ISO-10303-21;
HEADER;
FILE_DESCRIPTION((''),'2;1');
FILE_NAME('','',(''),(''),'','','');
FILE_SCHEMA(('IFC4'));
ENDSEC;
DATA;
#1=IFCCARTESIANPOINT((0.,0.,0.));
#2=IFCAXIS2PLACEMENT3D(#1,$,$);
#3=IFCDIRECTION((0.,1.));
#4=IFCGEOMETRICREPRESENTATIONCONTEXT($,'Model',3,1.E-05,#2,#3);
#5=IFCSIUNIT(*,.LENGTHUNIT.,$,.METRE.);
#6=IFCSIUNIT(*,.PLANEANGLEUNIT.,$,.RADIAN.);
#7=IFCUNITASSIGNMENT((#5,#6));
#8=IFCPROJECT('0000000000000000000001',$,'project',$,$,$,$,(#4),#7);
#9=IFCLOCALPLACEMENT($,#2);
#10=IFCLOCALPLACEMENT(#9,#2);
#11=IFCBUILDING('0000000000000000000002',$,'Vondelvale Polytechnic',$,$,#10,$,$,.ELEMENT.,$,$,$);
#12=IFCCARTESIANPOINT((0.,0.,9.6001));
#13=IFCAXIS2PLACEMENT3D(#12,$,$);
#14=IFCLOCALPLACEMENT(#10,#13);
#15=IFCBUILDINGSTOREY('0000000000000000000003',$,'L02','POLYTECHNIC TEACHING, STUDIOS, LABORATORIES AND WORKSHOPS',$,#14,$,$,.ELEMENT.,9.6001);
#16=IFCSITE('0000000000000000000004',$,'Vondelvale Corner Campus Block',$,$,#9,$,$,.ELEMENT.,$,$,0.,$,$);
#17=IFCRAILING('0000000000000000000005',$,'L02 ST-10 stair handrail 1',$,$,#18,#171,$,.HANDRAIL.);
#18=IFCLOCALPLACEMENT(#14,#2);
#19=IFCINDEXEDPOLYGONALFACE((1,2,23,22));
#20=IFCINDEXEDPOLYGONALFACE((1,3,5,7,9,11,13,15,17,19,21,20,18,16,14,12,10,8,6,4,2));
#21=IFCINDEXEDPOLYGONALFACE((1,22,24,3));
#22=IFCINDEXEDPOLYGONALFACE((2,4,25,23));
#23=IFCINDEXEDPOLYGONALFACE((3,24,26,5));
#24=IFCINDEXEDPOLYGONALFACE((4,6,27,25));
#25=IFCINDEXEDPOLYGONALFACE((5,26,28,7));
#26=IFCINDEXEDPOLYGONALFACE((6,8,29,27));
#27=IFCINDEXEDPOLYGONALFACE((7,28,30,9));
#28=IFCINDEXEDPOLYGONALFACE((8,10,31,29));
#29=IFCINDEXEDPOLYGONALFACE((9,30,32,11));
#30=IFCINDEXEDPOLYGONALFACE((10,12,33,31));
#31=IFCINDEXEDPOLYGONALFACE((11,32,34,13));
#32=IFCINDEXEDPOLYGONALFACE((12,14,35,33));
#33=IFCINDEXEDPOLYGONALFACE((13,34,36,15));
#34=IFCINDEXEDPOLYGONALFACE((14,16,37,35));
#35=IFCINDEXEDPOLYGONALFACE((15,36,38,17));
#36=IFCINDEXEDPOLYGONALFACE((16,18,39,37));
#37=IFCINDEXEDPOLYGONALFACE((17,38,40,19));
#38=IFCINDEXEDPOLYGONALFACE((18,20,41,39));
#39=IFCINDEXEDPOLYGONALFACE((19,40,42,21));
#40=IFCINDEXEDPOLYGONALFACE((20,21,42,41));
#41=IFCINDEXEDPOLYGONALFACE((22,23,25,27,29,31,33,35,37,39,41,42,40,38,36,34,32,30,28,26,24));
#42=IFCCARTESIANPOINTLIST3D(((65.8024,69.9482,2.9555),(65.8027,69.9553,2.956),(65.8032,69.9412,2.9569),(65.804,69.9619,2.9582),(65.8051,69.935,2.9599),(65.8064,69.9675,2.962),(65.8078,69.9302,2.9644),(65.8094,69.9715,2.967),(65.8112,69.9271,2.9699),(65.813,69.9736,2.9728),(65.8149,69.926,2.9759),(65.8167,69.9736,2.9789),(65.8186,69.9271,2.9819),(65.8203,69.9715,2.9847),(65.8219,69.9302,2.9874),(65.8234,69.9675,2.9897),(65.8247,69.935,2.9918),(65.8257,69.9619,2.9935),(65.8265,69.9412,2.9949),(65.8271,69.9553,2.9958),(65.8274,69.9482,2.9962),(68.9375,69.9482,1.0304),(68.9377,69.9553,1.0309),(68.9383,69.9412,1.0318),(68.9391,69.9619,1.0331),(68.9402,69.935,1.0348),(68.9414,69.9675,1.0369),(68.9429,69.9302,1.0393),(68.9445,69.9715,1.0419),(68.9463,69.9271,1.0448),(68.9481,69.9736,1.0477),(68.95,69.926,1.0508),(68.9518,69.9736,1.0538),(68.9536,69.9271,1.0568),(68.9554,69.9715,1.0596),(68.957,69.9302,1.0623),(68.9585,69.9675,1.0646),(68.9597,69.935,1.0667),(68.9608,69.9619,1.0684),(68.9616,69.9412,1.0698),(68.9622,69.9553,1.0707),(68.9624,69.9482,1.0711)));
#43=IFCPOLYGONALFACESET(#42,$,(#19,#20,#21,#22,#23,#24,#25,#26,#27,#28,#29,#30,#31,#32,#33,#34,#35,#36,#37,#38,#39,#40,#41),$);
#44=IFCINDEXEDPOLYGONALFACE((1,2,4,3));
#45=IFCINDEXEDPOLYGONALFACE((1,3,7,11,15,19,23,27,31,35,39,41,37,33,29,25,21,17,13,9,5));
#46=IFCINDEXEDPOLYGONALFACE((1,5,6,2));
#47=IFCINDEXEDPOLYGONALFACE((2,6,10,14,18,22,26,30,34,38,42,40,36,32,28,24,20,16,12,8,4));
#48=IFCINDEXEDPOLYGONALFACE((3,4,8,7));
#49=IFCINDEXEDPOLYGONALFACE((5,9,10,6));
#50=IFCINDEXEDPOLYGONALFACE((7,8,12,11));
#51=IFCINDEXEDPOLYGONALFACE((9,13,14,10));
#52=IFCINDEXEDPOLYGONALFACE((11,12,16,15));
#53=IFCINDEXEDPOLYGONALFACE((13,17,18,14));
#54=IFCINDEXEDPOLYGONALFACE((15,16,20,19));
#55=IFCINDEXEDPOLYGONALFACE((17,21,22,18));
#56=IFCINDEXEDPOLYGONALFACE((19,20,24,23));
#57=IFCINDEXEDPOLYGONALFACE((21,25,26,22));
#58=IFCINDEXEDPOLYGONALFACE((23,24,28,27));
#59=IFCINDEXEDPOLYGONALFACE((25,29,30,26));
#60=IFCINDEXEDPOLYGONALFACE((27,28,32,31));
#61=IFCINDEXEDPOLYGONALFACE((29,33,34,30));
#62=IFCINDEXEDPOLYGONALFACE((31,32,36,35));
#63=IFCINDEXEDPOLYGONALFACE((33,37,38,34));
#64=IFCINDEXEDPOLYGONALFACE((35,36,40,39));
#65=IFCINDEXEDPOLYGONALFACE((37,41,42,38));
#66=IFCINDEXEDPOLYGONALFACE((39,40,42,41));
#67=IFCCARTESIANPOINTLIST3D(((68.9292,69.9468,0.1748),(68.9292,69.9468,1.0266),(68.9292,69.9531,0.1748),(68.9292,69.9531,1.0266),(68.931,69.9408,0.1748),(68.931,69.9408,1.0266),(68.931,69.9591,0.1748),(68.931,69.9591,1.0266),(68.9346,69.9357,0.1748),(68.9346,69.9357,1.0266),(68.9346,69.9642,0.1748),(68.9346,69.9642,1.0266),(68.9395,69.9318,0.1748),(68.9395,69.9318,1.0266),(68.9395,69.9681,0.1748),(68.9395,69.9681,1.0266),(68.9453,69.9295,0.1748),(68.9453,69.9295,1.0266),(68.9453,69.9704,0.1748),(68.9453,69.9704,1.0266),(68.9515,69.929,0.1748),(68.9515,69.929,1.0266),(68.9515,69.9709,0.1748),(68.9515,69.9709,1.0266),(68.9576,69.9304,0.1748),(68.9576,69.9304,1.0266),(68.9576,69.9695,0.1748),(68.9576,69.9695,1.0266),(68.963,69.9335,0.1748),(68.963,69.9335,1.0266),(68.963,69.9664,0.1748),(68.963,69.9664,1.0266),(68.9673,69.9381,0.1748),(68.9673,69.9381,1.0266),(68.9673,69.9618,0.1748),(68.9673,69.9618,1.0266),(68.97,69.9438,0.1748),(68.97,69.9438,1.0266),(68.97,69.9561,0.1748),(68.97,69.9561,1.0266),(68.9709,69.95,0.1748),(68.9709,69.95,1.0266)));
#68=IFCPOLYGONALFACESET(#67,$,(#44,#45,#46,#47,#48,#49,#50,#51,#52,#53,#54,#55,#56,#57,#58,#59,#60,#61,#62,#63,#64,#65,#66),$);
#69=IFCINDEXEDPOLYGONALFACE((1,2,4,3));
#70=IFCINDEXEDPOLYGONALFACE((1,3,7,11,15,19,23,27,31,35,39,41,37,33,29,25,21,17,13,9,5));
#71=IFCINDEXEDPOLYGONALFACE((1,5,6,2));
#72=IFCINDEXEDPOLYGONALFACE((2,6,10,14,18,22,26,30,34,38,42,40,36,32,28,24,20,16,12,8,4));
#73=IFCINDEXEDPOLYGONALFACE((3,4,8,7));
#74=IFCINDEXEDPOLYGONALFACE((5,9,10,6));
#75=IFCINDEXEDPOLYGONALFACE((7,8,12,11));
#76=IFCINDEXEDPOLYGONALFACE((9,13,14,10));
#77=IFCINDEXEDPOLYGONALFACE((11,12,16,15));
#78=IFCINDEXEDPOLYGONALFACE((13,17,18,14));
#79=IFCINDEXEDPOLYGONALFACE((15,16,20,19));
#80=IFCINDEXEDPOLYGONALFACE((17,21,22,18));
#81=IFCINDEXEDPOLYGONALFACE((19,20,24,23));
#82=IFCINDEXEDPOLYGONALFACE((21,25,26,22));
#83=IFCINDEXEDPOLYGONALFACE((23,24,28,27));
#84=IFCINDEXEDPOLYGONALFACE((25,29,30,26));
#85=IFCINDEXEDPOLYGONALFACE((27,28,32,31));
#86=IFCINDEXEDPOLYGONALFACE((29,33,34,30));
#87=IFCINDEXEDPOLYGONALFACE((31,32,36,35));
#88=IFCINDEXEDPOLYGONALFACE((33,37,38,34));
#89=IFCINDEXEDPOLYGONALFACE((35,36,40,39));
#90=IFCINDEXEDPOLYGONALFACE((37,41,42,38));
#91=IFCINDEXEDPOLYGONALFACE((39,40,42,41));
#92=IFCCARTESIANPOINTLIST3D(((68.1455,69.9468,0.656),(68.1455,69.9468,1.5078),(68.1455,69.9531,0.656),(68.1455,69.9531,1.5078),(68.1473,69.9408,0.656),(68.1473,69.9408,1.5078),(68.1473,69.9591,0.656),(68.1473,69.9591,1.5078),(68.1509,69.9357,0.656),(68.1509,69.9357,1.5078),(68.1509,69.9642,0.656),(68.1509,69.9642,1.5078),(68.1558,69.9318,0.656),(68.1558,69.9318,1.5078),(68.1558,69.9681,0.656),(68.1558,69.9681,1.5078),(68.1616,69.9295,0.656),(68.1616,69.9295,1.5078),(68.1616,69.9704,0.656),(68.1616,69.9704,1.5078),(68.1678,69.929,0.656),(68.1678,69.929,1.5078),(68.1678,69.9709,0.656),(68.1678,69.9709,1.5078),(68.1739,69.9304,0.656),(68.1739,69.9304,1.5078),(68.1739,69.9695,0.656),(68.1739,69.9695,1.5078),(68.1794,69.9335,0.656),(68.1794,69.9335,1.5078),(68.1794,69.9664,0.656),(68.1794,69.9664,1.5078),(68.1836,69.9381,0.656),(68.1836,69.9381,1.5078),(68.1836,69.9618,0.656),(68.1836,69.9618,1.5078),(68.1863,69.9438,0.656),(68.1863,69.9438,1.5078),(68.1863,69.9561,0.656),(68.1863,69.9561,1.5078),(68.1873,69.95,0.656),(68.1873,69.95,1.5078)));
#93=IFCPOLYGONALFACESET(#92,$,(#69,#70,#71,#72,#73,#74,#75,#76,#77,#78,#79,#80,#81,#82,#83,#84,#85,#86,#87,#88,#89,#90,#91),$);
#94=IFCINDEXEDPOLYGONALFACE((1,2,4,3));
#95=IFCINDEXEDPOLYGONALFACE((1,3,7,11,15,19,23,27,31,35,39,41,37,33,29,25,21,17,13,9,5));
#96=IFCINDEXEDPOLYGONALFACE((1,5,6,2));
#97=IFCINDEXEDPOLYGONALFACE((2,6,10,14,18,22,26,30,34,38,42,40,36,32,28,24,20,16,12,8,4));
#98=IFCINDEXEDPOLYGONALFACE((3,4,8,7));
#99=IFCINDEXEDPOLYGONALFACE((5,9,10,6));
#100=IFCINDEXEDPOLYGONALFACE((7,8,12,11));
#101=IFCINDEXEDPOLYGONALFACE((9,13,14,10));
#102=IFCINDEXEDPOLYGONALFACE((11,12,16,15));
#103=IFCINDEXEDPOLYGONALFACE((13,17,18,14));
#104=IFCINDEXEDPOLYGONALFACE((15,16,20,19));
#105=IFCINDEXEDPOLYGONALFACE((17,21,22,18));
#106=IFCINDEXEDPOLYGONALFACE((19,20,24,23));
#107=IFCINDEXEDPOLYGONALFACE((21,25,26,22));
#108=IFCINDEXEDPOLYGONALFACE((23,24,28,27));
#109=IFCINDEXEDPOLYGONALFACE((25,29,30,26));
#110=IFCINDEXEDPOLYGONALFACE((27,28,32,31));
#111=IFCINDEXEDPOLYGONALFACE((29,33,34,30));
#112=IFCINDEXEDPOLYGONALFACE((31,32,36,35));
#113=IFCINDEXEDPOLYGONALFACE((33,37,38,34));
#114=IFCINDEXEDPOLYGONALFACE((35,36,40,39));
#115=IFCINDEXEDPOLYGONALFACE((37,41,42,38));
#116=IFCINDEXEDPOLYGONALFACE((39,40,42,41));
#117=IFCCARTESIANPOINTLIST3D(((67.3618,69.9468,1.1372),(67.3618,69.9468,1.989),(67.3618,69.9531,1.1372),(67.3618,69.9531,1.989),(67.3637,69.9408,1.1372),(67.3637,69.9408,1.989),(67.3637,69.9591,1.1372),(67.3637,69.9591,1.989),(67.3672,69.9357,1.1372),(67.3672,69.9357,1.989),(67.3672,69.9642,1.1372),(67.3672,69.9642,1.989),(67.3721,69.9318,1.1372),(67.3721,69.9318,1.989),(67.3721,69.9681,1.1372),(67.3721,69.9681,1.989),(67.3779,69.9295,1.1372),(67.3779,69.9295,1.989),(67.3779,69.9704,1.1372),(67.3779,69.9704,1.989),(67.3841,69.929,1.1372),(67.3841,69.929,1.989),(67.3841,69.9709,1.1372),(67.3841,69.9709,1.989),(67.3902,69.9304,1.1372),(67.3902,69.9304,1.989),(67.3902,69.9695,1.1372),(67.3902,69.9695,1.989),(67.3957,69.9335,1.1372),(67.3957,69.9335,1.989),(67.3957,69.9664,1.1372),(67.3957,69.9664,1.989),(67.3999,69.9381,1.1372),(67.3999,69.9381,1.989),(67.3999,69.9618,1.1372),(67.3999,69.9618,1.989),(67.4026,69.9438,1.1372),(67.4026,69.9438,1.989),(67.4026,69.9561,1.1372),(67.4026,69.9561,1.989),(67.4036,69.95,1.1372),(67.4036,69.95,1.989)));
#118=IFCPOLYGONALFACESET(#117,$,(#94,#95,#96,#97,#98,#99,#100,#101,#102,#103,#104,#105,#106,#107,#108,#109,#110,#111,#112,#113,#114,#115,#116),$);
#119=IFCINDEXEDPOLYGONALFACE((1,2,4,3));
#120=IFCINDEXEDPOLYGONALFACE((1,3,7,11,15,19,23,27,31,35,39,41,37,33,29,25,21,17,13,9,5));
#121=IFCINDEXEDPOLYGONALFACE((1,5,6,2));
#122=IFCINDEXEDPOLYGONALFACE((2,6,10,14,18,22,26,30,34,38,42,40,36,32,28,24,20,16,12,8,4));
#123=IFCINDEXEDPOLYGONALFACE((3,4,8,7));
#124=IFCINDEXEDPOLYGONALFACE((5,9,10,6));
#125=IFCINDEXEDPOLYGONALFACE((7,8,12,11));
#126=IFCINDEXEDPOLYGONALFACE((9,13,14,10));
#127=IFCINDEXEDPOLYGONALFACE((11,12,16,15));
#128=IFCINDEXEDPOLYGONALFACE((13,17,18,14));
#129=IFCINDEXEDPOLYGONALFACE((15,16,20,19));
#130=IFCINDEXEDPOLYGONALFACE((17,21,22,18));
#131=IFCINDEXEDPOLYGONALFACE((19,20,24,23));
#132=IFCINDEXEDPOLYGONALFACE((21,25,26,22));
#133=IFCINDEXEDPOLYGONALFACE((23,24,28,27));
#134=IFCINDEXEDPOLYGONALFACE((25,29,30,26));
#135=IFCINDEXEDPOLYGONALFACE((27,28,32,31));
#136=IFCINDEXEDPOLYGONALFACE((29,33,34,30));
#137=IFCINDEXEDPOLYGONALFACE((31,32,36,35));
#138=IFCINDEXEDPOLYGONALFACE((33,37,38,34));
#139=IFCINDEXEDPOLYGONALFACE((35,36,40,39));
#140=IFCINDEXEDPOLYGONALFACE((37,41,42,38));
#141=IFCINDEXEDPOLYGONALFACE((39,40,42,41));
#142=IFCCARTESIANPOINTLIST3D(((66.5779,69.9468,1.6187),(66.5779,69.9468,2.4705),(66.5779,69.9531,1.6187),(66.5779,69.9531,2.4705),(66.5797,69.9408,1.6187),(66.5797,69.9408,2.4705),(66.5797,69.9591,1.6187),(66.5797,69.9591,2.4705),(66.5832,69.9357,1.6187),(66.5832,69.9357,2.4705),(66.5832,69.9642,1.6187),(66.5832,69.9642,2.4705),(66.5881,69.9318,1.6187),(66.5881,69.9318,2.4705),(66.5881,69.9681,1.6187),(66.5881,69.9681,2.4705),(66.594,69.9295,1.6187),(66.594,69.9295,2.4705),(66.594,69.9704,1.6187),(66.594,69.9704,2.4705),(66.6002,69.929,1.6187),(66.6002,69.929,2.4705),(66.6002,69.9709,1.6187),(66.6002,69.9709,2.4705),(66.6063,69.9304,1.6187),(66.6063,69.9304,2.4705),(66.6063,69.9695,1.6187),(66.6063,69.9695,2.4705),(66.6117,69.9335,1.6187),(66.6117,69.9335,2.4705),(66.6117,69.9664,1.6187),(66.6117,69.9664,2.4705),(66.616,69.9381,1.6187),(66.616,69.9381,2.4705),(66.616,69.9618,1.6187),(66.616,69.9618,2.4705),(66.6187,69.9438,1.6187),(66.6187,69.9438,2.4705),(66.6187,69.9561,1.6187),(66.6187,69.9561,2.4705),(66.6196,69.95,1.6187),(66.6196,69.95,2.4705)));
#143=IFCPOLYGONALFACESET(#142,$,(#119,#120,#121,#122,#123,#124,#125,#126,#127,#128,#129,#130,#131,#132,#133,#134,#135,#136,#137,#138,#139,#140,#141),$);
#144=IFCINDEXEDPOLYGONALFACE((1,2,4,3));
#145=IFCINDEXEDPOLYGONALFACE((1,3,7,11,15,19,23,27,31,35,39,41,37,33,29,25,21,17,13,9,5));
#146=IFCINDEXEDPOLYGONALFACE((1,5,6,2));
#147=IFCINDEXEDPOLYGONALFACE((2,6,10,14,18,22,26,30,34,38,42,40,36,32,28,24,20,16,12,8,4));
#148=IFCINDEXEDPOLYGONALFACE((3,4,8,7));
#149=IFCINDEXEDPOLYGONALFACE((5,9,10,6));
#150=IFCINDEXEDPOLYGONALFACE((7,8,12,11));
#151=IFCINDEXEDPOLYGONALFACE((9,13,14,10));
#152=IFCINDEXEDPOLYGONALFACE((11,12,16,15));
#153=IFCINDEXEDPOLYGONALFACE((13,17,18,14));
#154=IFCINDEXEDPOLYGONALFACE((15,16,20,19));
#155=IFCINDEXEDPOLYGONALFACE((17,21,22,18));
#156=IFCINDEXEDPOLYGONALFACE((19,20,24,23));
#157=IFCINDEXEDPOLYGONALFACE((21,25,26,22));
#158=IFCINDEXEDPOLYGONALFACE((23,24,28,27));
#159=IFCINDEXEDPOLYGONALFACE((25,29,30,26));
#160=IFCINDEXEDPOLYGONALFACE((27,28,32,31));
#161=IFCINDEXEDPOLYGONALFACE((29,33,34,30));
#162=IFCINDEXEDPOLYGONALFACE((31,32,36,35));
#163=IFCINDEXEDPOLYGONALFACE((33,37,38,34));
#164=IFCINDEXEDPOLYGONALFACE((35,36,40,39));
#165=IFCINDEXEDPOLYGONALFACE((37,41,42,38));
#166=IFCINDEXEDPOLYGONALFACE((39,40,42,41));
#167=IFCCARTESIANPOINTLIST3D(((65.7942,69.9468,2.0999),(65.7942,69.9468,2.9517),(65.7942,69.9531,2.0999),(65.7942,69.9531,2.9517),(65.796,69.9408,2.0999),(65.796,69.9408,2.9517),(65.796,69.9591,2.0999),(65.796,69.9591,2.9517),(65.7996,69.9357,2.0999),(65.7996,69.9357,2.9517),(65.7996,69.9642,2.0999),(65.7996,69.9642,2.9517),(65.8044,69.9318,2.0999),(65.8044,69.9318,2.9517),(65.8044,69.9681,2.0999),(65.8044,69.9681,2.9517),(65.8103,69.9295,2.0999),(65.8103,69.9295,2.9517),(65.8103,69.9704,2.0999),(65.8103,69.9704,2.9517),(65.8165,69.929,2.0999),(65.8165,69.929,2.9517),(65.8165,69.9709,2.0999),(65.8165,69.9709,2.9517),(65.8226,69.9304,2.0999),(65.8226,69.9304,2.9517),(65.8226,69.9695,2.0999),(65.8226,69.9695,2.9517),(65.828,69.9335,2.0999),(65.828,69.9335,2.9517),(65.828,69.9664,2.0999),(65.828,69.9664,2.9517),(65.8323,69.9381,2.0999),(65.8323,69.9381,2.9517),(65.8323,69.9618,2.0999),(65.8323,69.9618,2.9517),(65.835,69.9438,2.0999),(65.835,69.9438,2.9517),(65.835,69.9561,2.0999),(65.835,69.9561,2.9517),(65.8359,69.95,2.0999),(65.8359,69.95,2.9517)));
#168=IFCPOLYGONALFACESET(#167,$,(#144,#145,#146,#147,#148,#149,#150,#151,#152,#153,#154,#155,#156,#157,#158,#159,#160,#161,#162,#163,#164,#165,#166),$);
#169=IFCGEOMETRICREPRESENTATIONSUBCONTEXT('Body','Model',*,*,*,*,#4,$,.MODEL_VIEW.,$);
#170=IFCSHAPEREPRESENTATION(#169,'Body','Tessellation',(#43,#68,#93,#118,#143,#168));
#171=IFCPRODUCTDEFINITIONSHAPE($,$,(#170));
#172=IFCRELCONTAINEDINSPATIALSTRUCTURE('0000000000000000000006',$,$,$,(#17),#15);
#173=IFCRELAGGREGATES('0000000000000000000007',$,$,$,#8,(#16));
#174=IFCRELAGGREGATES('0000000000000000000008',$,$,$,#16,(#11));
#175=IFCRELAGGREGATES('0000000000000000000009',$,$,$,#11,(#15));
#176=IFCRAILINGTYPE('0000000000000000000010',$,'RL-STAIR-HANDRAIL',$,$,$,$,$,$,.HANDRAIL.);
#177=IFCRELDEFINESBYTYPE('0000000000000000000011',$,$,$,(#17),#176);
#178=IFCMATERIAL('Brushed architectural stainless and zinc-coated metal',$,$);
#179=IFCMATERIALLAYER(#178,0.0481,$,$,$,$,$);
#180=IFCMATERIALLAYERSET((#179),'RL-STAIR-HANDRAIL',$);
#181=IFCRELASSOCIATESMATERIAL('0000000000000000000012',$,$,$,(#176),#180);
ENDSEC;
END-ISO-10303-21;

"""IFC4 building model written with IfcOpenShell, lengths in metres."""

from ifc_helpers import new_model, si_unit, direction, frame, origin, origin_2d, place, context, subcontext, project, spatial, circle, extrude, material, layer, layer_set, type_object, element, save


model = new_model("IFC4")

# Units and contexts
model_context = context("Model", 3, precision=1e-05, world=origin(), true_north=direction((0.0, 1.0)))
body_context = subcontext(model_context, "Body", "Model", "MODEL_VIEW")
ifc_project = project(units=[si_unit("LENGTHUNIT", "METRE"), si_unit("PLANEANGLEUNIT", "RADIAN")], contexts=[model_context])

# Site, building, storey
site_placement = place(None, origin())
site = spatial("IfcSite", under=ifc_project, at=site_placement, Name="Vondelvale Corner Campus Block", CompositionType="ELEMENT", RefElevation=0.0)
building_placement = place(site_placement, origin())
building = spatial("IfcBuilding", under=site, at=building_placement, Name="Vondelvale Polytechnic", CompositionType="ELEMENT")
storey_placement = place(building_placement, frame((0.0, 0.0, 9.6001)))
storey = spatial("IfcBuildingStorey", under=building, at=storey_placement, Name="L02", Description="POLYTECHNIC TEACHING, STUDIOS, LABORATORIES AND WORKSHOPS", CompositionType="ELEMENT", Elevation=9.6001)

# Railing
ifc_material_1 = material(Name="Brushed architectural stainless and zinc-coated metal")
ifc_layer_1 = layer(ifc_material_1, 0.0481)
ifc_layer_set_1 = layer_set([ifc_layer_1], Name="RL-STAIR-HANDRAIL")
railing_type_1 = type_object("IfcRailingType", Name="RL-STAIR-HANDRAIL", PredefinedType="HANDRAIL", material=ifc_layer_set_1)
railing_1_placement = place(storey_placement, frame((68.95, 69.95, 0.1748)))
element("IfcRailing", 1, at=railing_1_placement, inside=storey, type_object=railing_type_1, Name="L02 ST-10 stair handrail 1", PredefinedType="HANDRAIL", context=body_context, shape_type="SweptSolid", body=[
    extrude(circle(Radius=0.0239, at=origin_2d()), frame((0.0, 0.0, 0.876), z_axis=(-0.852166, 0.0, 0.523271), x_axis=(0.0, -1.0, 0.0)), (0.0, 0.0, 1.0), 3.679),
    extrude(circle(Radius=0.021, at=origin_2d()), origin(), (0.0, 0.0, 1.0), 0.8518),
    extrude(circle(Radius=0.021, at=origin_2d()), frame((-0.7837, 0.0, 0.4812)), (0.0, 0.0, 1.0), 0.8518),
    extrude(circle(Radius=0.021, at=origin_2d()), frame((-1.5674, 0.0, 0.9624)), (0.0, 0.0, 1.0), 0.8518),
    extrude(circle(Radius=0.021, at=origin_2d()), frame((-2.3513, 0.0, 1.4438)), (0.0, 0.0, 1.0), 0.8518),
    extrude(circle(Radius=0.021, at=origin_2d()), frame((-3.135, 0.0, 1.925)), (0.0, 0.0, 1.0), 0.8518),
])

save(model, "model.ifc")
